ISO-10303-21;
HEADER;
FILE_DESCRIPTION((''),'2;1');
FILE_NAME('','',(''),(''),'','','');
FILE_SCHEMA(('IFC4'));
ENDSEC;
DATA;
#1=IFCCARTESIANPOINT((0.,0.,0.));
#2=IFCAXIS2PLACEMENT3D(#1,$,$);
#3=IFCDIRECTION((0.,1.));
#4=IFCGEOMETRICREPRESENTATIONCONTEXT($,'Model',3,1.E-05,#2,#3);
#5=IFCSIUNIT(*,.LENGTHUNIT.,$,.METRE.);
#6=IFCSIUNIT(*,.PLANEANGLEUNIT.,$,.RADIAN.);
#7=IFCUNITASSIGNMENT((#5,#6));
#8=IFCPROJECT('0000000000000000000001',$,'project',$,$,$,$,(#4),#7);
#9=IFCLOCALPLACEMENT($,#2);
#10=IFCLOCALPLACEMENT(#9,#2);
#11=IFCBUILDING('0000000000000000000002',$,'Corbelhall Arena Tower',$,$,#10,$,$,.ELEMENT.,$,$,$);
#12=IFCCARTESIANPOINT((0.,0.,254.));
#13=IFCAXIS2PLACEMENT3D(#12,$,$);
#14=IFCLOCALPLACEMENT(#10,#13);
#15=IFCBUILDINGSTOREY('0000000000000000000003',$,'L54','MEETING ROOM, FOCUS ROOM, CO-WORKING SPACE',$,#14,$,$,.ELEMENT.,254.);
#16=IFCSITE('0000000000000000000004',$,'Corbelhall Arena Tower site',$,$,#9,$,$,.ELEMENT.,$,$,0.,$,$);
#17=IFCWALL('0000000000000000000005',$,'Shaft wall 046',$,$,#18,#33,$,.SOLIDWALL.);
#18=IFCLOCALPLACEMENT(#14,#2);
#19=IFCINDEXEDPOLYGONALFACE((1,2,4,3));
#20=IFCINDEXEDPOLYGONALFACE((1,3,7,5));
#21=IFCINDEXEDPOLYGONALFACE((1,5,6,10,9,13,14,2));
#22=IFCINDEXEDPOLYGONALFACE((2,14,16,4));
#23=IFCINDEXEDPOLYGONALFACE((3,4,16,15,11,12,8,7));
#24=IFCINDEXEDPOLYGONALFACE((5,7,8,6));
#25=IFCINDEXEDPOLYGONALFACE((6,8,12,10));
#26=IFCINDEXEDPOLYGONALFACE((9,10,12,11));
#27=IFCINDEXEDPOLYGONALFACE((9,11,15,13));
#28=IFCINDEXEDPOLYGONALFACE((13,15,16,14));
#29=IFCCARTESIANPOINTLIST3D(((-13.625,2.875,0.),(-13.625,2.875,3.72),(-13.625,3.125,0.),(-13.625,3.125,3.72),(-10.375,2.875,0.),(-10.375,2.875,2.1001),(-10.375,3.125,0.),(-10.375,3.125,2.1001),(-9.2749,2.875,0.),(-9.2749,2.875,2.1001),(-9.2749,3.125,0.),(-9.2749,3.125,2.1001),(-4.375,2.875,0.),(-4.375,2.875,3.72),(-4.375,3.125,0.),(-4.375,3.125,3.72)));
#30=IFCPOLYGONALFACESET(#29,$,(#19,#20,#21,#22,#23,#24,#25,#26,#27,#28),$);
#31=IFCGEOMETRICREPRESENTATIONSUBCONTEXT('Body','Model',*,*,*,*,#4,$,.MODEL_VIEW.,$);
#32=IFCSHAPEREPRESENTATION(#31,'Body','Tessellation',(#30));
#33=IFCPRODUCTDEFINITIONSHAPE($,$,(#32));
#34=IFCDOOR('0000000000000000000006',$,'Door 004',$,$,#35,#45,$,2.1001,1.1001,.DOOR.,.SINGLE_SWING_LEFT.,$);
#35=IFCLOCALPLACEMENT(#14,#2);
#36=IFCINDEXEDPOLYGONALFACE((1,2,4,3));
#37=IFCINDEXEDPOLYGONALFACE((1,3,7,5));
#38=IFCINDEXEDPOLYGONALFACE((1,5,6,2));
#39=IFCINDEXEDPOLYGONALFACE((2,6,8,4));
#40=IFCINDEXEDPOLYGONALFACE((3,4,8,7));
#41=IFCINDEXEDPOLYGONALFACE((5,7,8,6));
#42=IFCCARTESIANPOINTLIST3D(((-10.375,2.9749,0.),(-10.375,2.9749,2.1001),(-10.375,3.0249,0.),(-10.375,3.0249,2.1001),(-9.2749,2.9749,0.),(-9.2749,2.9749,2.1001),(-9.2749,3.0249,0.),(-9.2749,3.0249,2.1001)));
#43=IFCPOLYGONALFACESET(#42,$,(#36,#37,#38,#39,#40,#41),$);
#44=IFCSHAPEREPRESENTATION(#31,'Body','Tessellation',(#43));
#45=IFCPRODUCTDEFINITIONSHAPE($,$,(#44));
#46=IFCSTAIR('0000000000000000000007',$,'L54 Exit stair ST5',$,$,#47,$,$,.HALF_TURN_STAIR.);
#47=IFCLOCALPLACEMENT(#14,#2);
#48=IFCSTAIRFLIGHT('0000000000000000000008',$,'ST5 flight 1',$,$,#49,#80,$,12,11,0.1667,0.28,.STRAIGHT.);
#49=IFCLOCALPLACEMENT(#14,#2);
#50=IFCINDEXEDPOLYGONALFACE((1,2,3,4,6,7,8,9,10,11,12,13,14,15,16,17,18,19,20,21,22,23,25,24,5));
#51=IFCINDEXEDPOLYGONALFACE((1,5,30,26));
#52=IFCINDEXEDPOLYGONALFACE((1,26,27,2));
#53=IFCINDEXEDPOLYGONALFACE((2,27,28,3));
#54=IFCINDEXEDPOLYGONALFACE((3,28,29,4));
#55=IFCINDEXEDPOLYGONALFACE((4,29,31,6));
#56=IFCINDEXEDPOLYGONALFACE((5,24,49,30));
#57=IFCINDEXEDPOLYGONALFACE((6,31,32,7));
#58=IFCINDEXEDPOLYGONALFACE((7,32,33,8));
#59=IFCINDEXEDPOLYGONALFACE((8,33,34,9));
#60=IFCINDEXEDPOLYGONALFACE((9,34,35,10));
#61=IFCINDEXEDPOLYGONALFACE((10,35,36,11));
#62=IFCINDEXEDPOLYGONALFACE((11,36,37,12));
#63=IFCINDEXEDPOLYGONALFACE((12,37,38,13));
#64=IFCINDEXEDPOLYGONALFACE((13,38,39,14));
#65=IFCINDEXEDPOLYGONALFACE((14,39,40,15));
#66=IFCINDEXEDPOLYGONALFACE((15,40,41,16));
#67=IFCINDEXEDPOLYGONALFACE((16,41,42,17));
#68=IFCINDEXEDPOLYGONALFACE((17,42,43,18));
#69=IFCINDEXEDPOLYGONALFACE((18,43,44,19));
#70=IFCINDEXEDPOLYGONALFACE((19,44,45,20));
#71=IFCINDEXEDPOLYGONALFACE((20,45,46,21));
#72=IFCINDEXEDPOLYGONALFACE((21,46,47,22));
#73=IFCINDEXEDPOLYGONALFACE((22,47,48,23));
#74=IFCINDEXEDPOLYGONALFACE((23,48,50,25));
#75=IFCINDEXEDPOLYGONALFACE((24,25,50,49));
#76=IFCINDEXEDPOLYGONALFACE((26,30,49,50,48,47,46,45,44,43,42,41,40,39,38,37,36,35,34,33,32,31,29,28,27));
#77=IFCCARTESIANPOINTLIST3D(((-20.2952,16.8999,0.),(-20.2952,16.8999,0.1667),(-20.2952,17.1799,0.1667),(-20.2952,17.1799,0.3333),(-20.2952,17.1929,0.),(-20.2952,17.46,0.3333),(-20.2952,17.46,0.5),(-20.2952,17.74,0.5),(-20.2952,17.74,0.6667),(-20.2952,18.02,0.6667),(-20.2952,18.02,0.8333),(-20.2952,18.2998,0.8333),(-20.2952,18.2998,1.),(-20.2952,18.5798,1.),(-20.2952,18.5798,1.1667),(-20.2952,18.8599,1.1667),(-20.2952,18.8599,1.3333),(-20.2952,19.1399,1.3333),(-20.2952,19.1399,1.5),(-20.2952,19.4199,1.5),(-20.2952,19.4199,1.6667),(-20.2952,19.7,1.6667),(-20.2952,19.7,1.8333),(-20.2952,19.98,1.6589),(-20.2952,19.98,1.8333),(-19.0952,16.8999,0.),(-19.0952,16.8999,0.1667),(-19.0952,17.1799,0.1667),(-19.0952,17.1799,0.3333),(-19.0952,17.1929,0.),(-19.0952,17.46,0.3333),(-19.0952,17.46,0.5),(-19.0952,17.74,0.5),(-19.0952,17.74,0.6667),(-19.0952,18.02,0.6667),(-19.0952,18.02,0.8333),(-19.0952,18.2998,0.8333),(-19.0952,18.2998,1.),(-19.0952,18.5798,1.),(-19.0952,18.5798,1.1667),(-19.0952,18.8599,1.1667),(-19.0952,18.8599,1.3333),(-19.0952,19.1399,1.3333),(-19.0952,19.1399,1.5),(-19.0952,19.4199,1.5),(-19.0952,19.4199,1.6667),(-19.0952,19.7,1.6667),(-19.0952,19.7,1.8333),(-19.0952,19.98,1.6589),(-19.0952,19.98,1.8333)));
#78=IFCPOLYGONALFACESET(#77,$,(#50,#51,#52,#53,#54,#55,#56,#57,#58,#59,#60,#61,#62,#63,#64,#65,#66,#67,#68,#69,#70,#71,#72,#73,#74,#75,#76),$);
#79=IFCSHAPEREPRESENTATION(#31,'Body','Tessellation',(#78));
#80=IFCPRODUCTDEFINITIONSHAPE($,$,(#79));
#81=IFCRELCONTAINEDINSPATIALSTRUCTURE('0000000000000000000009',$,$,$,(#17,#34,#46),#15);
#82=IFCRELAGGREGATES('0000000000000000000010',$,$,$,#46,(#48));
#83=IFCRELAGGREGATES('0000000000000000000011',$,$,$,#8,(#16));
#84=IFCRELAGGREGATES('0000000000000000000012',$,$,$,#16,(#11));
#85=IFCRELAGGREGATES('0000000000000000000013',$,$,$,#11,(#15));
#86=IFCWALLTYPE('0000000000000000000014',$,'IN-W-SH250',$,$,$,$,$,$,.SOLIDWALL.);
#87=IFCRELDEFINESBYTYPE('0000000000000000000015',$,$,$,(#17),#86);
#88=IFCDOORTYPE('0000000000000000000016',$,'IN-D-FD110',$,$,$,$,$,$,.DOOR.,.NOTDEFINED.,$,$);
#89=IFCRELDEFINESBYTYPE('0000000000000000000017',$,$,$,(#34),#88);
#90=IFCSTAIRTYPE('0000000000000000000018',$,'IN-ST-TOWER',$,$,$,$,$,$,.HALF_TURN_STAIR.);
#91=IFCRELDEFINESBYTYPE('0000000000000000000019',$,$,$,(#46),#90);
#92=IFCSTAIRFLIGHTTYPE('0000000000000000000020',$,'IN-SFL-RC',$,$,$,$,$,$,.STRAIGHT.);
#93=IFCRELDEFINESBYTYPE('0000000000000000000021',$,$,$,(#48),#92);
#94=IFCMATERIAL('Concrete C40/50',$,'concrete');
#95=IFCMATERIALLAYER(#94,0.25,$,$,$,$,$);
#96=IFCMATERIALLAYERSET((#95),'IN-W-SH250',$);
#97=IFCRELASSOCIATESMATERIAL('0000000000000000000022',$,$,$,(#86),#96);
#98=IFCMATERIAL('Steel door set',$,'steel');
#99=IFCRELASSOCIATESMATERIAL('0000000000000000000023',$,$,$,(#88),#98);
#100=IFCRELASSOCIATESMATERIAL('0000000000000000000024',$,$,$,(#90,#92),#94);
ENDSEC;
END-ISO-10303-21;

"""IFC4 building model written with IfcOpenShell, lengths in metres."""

from ifc_helpers import new_model, si_unit, direction, frame, frame_2d, origin, place, context, subcontext, project, spatial, polyline, rectangle, outline, extrude, material, layer, layer_set, type_object, element, fill, aggregate, save


model = new_model("IFC4")

# Units and contexts
model_context = context("Model", 3, precision=1e-05, world=origin(), true_north=direction((0.0, 1.0)))
body_context = subcontext(model_context, "Body", "Model", "MODEL_VIEW")
ifc_project = project(units=[si_unit("LENGTHUNIT", "METRE"), si_unit("PLANEANGLEUNIT", "RADIAN")], contexts=[model_context])

# Site, building, storey
site_placement = place(None, origin())
site = spatial("IfcSite", under=ifc_project, at=site_placement, Name="Corbelhall Arena Tower site", CompositionType="ELEMENT", RefElevation=0.0)
building_placement = place(site_placement, origin())
building = spatial("IfcBuilding", under=site, at=building_placement, Name="Corbelhall Arena Tower", CompositionType="ELEMENT")
storey_placement = place(building_placement, frame((0.0, 0.0, 254.0)))
storey = spatial("IfcBuildingStorey", under=building, at=storey_placement, Name="L54", Description="MEETING ROOM, FOCUS ROOM, CO-WORKING SPACE", CompositionType="ELEMENT", Elevation=254.0)

# Shared definitions
ifc_material_1 = material(Name="Concrete C40/50", Category="concrete")
ifc_material_2 = material(Name="Steel door set", Category="steel")

# Wall, opening, door
ifc_layer_1 = layer(ifc_material_1, 0.25)
ifc_layer_set_1 = layer_set([ifc_layer_1], Name="IN-W-SH250")
wall_type_1 = type_object("IfcWallType", Name="IN-W-SH250", PredefinedType="SOLIDWALL", material=ifc_layer_set_1)
wall_1_placement = place(storey_placement, frame((-13.625, 3.0, 0.0), z_axis=(0.0, 0.0, 1.0), x_axis=(1.0, 0.0, 0.0)))
wall_1 = element("IfcWall", 1, at=wall_1_placement, inside=storey, type_object=wall_type_1, Name="Shaft wall 046", PredefinedType="SOLIDWALL", context=body_context, shape_type="SweptSolid", body=[
    extrude(rectangle(XDim=9.25, YDim=0.25, at=frame_2d((4.625, 0.0))), origin(), (0.0, 0.0, 1.0), 3.72),
])
opening_1_placement = place(wall_1_placement, frame((3.25, 0.0, 0.0)))
opening_1 = element("IfcOpeningElement", 2, at=opening_1_placement, cuts=wall_1, PredefinedType="OPENING", context=body_context, shape_type="SweptSolid", body=[
    extrude(rectangle(XDim=1.1001, YDim=2.1001, at=frame_2d((0.55, 1.05))), frame((0.0, 0.125, 0.0), z_axis=(0.0, -1.0, 0.0), x_axis=(1.0, 0.0, 0.0)), (0.0, 0.0, 1.0), 0.25),
])
door_type_1 = type_object("IfcDoorType", Name="IN-D-FD110", OperationType="NOTDEFINED", PredefinedType="DOOR", material=ifc_material_2)
door_1_placement = place(opening_1_placement, origin())
door_1 = element("IfcDoor", 3, at=door_1_placement, inside=storey, type_object=door_type_1, Name="Door 004", OperationType="SINGLE_SWING_LEFT", OverallHeight=2.1001, OverallWidth=1.1001, PredefinedType="DOOR", context=body_context, shape_type="SweptSolid", body=[
    extrude(rectangle(XDim=1.1001, YDim=2.1001, at=frame_2d((0.55, 1.05))), frame((0.0, 0.0249, 0.0), z_axis=(0.0, -1.0, 0.0), x_axis=(1.0, 0.0, 0.0)), (0.0, 0.0, 1.0), 0.05),
])
fill(opening_1, door_1)

# Stair, stair flight
stair_type = type_object("IfcStairType", Name="IN-ST-TOWER", PredefinedType="HALF_TURN_STAIR", material=ifc_material_1)
stair_placement = place(storey_placement, origin())
stair = element("IfcStair", 4, at=stair_placement, inside=storey, type_object=stair_type, Name="L54 Exit stair ST5", PredefinedType="HALF_TURN_STAIR")
stair_flight_type = type_object("IfcStairFlightType", Name="IN-SFL-RC", PredefinedType="STRAIGHT", material=ifc_material_1)
stair_flight_placement = place(storey_placement, frame((-19.6951, 16.8999, 0.0), z_axis=(0.0, 0.0, 1.0), x_axis=(0.0, 1.0, 0.0)))
stair_flight = element("IfcStairFlight", 5, at=stair_flight_placement, type_object=stair_flight_type, Name="ST5 flight 1", NumberOfRisers=12, NumberOfTreads=11, PredefinedType="STRAIGHT", RiserHeight=0.1667, TreadLength=0.28, context=body_context, shape_type="SweptSolid", body=[
    extrude(outline(polyline([(0.0, 0.0), (0.0, 0.1667), (0.28, 0.1667), (0.28, 0.3333), (0.5601, 0.3333), (0.5601, 0.5), (0.8401, 0.5), (0.8401, 0.6667), (1.1201, 0.6667), (1.1201, 0.8333), (1.3999, 0.8333), (1.3999, 1.0), (1.6799, 1.0), (1.6799, 1.1667), (1.96, 1.1667), (1.96, 1.3333), (2.24, 1.3333), (2.24, 1.5), (2.52, 1.5), (2.52, 1.6667), (2.8, 1.6667), (2.8, 1.8333), (3.0801, 1.8333), (3.0801, 2.0), (3.0801, 1.6589), (0.293, 0.0), (0.0, 0.0)])), frame((0.0, 0.6001, 0.0), z_axis=(0.0, -1.0, 0.0), x_axis=(1.0, 0.0, 0.0)), (0.0, 0.0, 1.0), 1.2),
])
aggregate(stair, [stair_flight])

save(model, "model.ifc")
